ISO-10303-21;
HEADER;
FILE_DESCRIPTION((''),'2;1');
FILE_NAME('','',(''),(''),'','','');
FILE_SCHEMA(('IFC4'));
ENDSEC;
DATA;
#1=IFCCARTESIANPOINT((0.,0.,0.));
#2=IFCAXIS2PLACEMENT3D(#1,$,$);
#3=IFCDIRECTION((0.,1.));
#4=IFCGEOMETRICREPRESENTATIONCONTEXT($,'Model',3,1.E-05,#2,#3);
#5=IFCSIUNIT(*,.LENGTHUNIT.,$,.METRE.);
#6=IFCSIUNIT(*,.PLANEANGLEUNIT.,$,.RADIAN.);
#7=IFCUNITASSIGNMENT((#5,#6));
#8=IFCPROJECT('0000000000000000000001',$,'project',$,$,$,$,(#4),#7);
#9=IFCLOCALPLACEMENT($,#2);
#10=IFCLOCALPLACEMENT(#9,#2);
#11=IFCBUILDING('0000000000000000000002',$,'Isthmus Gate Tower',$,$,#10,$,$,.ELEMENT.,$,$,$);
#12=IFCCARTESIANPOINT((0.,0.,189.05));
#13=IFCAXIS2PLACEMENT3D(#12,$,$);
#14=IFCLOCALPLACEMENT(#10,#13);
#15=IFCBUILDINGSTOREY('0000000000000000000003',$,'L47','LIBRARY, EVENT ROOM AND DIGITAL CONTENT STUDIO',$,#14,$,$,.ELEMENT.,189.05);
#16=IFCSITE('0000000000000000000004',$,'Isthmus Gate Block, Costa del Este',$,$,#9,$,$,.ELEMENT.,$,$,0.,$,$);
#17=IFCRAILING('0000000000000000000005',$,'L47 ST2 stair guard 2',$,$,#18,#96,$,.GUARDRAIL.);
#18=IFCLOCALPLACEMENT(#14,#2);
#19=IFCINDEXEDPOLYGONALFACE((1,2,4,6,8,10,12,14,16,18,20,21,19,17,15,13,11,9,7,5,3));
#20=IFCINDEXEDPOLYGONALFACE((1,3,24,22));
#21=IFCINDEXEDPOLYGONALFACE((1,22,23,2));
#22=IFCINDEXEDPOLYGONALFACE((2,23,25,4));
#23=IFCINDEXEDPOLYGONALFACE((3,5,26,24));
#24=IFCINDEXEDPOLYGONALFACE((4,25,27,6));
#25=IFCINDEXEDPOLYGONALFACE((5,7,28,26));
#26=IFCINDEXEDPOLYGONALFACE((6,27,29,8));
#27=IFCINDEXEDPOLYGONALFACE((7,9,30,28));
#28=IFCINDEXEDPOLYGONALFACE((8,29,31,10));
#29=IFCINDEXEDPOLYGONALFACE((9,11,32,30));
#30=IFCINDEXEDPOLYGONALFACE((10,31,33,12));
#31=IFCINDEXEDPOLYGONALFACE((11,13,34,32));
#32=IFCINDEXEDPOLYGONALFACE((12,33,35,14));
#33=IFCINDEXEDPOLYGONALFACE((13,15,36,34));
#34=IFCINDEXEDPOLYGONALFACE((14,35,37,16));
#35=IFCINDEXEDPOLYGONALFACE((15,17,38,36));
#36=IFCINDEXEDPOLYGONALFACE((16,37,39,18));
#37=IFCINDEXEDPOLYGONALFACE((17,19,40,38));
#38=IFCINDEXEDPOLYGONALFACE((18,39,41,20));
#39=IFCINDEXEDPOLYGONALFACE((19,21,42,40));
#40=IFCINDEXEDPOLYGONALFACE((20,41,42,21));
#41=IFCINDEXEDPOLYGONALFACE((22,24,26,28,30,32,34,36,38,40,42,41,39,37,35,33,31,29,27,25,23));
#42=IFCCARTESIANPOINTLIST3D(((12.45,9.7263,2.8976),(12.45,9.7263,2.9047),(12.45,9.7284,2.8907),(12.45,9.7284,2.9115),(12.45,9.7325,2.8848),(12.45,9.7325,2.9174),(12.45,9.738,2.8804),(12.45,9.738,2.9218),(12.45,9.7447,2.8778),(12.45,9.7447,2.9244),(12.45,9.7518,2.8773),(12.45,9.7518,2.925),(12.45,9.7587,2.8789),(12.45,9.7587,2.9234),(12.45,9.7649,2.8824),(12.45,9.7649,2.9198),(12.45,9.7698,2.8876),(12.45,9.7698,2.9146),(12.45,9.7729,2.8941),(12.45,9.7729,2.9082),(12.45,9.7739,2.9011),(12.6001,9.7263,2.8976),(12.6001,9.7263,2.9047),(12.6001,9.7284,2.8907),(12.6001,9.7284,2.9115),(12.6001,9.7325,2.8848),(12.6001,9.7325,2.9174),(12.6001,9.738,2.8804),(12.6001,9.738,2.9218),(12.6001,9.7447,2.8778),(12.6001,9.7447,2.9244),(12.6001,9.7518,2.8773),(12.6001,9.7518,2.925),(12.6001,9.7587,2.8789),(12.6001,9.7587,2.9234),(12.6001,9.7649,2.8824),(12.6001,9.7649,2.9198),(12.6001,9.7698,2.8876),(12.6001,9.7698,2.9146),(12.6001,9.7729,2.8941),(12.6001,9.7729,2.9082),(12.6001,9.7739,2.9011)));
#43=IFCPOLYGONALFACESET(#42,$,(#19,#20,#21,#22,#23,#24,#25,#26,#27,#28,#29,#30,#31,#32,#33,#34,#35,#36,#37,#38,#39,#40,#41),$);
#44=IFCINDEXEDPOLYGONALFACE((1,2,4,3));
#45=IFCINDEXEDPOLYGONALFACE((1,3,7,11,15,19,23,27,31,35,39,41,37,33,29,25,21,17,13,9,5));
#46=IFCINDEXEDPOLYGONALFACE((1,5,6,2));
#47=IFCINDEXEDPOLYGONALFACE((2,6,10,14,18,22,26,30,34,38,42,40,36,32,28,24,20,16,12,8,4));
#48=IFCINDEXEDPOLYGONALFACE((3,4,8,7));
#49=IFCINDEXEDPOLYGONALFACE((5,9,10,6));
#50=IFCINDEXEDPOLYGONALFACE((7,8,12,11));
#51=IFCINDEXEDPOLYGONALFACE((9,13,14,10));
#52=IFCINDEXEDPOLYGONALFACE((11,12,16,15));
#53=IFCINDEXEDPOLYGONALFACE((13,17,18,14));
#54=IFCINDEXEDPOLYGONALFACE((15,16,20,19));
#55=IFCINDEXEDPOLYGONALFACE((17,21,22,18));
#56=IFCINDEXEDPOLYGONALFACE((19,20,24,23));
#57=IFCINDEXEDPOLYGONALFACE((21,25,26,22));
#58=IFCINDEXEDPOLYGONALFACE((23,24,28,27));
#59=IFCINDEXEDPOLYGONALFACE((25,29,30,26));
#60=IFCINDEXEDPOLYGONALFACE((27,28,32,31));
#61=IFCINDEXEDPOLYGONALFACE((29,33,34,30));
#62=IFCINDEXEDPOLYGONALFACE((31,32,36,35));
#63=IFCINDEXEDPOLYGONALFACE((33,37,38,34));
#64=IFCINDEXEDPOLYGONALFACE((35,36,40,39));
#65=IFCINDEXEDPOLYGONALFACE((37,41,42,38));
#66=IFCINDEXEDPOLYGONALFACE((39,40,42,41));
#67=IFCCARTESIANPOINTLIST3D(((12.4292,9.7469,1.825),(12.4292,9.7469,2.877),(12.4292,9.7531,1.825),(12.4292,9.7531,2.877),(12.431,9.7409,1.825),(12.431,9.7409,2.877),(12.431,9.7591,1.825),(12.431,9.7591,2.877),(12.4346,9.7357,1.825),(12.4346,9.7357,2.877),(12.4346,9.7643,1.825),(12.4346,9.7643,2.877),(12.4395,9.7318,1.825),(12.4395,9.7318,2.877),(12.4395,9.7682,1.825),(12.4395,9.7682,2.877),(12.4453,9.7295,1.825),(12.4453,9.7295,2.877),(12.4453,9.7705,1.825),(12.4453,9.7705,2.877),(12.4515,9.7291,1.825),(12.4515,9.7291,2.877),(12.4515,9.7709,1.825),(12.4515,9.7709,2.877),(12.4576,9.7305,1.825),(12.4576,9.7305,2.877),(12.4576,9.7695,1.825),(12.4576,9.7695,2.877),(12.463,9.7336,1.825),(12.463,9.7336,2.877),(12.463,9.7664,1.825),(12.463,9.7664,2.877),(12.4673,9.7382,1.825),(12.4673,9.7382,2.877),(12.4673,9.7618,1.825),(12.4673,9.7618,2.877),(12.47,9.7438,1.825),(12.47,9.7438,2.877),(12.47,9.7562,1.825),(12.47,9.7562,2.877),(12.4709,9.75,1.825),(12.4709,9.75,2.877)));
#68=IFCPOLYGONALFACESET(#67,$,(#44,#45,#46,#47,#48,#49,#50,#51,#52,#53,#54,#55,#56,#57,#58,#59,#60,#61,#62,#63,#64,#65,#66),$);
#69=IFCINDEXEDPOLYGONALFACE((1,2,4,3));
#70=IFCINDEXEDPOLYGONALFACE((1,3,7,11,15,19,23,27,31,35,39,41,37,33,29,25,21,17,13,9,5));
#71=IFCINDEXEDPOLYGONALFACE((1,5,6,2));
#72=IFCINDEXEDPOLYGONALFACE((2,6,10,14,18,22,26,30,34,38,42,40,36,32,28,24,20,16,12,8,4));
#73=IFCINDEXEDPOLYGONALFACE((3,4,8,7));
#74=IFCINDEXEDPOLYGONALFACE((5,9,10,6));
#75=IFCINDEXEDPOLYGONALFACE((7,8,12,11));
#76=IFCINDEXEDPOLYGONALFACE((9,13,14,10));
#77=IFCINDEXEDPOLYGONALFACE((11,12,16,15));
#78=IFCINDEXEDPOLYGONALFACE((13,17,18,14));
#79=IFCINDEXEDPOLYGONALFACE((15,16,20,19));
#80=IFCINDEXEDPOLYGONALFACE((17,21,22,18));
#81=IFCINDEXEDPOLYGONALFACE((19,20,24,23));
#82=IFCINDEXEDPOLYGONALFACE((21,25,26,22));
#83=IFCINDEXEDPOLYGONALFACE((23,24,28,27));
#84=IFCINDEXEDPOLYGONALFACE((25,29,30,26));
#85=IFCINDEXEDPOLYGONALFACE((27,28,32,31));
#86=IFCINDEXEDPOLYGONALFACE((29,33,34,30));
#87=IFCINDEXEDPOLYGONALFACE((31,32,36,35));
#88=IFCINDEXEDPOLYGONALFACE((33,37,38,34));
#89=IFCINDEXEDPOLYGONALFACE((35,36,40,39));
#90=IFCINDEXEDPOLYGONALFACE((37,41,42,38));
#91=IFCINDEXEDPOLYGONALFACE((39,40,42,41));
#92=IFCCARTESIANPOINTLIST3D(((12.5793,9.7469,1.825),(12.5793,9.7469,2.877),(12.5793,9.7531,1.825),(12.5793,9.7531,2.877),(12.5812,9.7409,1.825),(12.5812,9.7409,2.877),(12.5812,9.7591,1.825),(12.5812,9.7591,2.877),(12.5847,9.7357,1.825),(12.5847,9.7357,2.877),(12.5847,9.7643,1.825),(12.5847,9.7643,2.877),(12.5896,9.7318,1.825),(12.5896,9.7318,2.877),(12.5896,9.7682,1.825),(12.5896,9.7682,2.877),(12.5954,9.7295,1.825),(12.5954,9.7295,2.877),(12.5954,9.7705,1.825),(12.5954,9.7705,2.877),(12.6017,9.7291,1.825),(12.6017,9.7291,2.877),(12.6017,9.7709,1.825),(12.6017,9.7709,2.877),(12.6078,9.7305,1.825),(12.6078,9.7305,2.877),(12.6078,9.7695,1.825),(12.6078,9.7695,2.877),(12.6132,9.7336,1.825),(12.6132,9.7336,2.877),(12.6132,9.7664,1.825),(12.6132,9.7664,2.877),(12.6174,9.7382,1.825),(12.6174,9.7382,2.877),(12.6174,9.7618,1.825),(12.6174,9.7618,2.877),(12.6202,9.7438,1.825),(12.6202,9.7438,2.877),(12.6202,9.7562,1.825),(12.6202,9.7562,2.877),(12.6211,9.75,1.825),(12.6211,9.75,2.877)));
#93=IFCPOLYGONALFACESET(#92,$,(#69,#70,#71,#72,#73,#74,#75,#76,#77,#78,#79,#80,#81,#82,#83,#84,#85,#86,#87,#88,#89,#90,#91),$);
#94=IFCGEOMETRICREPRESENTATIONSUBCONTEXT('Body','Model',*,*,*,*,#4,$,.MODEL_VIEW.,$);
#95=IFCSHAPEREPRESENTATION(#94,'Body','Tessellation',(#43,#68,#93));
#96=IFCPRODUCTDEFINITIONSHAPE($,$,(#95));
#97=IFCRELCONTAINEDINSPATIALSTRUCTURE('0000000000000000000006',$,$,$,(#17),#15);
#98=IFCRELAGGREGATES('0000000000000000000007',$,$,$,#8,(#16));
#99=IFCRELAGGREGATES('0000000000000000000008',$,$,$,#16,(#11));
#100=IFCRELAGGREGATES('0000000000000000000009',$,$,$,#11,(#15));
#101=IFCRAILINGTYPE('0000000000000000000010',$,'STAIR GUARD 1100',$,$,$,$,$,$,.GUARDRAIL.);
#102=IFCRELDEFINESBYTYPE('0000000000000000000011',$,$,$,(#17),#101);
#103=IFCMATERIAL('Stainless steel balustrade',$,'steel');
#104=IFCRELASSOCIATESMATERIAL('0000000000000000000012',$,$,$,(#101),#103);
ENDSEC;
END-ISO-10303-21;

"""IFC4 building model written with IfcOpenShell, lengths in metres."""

from ifc_helpers import new_model, si_unit, direction, frame, origin, origin_2d, place, context, subcontext, project, spatial, circle, extrude, material, type_object, element, save


model = new_model("IFC4")

# Units and contexts
model_context = context("Model", 3, precision=1e-05, world=origin(), true_north=direction((0.0, 1.0)))
body_context = subcontext(model_context, "Body", "Model", "MODEL_VIEW")
ifc_project = project(units=[si_unit("LENGTHUNIT", "METRE"), si_unit("PLANEANGLEUNIT", "RADIAN")], contexts=[model_context])

# Site, building, storey
site_placement = place(None, origin())
site = spatial("IfcSite", under=ifc_project, at=site_placement, Name="Isthmus Gate Block, Costa del Este", CompositionType="ELEMENT", RefElevation=0.0)
building_placement = place(site_placement, origin())
building = spatial("IfcBuilding", under=site, at=building_placement, Name="Isthmus Gate Tower", CompositionType="ELEMENT")
storey_placement = place(building_placement, frame((0.0, 0.0, 189.05)))
storey = spatial("IfcBuildingStorey", under=building, at=storey_placement, Name="L47", Description="LIBRARY, EVENT ROOM AND DIGITAL CONTENT STUDIO", CompositionType="ELEMENT", Elevation=189.05)

# Railing
ifc_material_1 = material(Name="Stainless steel balustrade", Category="steel")
railing_type_1 = type_object("IfcRailingType", Name="STAIR GUARD 1100", PredefinedType="GUARDRAIL", material=ifc_material_1)
railing_1_placement = place(storey_placement, frame((12.45, 9.75, 1.825)))
element("IfcRailing", 1, at=railing_1_placement, inside=storey, type_object=railing_type_1, Name="L47 ST2 stair guard 2", PredefinedType="GUARDRAIL", context=body_context, shape_type="SweptSolid", body=[
    extrude(circle(Radius=0.0239, at=origin_2d()), frame((0.0, 0.0, 1.0762), z_axis=(1.0, 0.0, 0.0), x_axis=(0.0, 1.0, 0.0)), (0.0, 0.0, 1.0), 0.1501),
    extrude(circle(Radius=0.021, at=origin_2d()), origin(), (0.0, 0.0, 1.0), 1.052),
    extrude(circle(Radius=0.021, at=origin_2d()), frame((0.1501, 0.0, 0.0)), (0.0, 0.0, 1.0), 1.052),
])

save(model, "model.ifc")
